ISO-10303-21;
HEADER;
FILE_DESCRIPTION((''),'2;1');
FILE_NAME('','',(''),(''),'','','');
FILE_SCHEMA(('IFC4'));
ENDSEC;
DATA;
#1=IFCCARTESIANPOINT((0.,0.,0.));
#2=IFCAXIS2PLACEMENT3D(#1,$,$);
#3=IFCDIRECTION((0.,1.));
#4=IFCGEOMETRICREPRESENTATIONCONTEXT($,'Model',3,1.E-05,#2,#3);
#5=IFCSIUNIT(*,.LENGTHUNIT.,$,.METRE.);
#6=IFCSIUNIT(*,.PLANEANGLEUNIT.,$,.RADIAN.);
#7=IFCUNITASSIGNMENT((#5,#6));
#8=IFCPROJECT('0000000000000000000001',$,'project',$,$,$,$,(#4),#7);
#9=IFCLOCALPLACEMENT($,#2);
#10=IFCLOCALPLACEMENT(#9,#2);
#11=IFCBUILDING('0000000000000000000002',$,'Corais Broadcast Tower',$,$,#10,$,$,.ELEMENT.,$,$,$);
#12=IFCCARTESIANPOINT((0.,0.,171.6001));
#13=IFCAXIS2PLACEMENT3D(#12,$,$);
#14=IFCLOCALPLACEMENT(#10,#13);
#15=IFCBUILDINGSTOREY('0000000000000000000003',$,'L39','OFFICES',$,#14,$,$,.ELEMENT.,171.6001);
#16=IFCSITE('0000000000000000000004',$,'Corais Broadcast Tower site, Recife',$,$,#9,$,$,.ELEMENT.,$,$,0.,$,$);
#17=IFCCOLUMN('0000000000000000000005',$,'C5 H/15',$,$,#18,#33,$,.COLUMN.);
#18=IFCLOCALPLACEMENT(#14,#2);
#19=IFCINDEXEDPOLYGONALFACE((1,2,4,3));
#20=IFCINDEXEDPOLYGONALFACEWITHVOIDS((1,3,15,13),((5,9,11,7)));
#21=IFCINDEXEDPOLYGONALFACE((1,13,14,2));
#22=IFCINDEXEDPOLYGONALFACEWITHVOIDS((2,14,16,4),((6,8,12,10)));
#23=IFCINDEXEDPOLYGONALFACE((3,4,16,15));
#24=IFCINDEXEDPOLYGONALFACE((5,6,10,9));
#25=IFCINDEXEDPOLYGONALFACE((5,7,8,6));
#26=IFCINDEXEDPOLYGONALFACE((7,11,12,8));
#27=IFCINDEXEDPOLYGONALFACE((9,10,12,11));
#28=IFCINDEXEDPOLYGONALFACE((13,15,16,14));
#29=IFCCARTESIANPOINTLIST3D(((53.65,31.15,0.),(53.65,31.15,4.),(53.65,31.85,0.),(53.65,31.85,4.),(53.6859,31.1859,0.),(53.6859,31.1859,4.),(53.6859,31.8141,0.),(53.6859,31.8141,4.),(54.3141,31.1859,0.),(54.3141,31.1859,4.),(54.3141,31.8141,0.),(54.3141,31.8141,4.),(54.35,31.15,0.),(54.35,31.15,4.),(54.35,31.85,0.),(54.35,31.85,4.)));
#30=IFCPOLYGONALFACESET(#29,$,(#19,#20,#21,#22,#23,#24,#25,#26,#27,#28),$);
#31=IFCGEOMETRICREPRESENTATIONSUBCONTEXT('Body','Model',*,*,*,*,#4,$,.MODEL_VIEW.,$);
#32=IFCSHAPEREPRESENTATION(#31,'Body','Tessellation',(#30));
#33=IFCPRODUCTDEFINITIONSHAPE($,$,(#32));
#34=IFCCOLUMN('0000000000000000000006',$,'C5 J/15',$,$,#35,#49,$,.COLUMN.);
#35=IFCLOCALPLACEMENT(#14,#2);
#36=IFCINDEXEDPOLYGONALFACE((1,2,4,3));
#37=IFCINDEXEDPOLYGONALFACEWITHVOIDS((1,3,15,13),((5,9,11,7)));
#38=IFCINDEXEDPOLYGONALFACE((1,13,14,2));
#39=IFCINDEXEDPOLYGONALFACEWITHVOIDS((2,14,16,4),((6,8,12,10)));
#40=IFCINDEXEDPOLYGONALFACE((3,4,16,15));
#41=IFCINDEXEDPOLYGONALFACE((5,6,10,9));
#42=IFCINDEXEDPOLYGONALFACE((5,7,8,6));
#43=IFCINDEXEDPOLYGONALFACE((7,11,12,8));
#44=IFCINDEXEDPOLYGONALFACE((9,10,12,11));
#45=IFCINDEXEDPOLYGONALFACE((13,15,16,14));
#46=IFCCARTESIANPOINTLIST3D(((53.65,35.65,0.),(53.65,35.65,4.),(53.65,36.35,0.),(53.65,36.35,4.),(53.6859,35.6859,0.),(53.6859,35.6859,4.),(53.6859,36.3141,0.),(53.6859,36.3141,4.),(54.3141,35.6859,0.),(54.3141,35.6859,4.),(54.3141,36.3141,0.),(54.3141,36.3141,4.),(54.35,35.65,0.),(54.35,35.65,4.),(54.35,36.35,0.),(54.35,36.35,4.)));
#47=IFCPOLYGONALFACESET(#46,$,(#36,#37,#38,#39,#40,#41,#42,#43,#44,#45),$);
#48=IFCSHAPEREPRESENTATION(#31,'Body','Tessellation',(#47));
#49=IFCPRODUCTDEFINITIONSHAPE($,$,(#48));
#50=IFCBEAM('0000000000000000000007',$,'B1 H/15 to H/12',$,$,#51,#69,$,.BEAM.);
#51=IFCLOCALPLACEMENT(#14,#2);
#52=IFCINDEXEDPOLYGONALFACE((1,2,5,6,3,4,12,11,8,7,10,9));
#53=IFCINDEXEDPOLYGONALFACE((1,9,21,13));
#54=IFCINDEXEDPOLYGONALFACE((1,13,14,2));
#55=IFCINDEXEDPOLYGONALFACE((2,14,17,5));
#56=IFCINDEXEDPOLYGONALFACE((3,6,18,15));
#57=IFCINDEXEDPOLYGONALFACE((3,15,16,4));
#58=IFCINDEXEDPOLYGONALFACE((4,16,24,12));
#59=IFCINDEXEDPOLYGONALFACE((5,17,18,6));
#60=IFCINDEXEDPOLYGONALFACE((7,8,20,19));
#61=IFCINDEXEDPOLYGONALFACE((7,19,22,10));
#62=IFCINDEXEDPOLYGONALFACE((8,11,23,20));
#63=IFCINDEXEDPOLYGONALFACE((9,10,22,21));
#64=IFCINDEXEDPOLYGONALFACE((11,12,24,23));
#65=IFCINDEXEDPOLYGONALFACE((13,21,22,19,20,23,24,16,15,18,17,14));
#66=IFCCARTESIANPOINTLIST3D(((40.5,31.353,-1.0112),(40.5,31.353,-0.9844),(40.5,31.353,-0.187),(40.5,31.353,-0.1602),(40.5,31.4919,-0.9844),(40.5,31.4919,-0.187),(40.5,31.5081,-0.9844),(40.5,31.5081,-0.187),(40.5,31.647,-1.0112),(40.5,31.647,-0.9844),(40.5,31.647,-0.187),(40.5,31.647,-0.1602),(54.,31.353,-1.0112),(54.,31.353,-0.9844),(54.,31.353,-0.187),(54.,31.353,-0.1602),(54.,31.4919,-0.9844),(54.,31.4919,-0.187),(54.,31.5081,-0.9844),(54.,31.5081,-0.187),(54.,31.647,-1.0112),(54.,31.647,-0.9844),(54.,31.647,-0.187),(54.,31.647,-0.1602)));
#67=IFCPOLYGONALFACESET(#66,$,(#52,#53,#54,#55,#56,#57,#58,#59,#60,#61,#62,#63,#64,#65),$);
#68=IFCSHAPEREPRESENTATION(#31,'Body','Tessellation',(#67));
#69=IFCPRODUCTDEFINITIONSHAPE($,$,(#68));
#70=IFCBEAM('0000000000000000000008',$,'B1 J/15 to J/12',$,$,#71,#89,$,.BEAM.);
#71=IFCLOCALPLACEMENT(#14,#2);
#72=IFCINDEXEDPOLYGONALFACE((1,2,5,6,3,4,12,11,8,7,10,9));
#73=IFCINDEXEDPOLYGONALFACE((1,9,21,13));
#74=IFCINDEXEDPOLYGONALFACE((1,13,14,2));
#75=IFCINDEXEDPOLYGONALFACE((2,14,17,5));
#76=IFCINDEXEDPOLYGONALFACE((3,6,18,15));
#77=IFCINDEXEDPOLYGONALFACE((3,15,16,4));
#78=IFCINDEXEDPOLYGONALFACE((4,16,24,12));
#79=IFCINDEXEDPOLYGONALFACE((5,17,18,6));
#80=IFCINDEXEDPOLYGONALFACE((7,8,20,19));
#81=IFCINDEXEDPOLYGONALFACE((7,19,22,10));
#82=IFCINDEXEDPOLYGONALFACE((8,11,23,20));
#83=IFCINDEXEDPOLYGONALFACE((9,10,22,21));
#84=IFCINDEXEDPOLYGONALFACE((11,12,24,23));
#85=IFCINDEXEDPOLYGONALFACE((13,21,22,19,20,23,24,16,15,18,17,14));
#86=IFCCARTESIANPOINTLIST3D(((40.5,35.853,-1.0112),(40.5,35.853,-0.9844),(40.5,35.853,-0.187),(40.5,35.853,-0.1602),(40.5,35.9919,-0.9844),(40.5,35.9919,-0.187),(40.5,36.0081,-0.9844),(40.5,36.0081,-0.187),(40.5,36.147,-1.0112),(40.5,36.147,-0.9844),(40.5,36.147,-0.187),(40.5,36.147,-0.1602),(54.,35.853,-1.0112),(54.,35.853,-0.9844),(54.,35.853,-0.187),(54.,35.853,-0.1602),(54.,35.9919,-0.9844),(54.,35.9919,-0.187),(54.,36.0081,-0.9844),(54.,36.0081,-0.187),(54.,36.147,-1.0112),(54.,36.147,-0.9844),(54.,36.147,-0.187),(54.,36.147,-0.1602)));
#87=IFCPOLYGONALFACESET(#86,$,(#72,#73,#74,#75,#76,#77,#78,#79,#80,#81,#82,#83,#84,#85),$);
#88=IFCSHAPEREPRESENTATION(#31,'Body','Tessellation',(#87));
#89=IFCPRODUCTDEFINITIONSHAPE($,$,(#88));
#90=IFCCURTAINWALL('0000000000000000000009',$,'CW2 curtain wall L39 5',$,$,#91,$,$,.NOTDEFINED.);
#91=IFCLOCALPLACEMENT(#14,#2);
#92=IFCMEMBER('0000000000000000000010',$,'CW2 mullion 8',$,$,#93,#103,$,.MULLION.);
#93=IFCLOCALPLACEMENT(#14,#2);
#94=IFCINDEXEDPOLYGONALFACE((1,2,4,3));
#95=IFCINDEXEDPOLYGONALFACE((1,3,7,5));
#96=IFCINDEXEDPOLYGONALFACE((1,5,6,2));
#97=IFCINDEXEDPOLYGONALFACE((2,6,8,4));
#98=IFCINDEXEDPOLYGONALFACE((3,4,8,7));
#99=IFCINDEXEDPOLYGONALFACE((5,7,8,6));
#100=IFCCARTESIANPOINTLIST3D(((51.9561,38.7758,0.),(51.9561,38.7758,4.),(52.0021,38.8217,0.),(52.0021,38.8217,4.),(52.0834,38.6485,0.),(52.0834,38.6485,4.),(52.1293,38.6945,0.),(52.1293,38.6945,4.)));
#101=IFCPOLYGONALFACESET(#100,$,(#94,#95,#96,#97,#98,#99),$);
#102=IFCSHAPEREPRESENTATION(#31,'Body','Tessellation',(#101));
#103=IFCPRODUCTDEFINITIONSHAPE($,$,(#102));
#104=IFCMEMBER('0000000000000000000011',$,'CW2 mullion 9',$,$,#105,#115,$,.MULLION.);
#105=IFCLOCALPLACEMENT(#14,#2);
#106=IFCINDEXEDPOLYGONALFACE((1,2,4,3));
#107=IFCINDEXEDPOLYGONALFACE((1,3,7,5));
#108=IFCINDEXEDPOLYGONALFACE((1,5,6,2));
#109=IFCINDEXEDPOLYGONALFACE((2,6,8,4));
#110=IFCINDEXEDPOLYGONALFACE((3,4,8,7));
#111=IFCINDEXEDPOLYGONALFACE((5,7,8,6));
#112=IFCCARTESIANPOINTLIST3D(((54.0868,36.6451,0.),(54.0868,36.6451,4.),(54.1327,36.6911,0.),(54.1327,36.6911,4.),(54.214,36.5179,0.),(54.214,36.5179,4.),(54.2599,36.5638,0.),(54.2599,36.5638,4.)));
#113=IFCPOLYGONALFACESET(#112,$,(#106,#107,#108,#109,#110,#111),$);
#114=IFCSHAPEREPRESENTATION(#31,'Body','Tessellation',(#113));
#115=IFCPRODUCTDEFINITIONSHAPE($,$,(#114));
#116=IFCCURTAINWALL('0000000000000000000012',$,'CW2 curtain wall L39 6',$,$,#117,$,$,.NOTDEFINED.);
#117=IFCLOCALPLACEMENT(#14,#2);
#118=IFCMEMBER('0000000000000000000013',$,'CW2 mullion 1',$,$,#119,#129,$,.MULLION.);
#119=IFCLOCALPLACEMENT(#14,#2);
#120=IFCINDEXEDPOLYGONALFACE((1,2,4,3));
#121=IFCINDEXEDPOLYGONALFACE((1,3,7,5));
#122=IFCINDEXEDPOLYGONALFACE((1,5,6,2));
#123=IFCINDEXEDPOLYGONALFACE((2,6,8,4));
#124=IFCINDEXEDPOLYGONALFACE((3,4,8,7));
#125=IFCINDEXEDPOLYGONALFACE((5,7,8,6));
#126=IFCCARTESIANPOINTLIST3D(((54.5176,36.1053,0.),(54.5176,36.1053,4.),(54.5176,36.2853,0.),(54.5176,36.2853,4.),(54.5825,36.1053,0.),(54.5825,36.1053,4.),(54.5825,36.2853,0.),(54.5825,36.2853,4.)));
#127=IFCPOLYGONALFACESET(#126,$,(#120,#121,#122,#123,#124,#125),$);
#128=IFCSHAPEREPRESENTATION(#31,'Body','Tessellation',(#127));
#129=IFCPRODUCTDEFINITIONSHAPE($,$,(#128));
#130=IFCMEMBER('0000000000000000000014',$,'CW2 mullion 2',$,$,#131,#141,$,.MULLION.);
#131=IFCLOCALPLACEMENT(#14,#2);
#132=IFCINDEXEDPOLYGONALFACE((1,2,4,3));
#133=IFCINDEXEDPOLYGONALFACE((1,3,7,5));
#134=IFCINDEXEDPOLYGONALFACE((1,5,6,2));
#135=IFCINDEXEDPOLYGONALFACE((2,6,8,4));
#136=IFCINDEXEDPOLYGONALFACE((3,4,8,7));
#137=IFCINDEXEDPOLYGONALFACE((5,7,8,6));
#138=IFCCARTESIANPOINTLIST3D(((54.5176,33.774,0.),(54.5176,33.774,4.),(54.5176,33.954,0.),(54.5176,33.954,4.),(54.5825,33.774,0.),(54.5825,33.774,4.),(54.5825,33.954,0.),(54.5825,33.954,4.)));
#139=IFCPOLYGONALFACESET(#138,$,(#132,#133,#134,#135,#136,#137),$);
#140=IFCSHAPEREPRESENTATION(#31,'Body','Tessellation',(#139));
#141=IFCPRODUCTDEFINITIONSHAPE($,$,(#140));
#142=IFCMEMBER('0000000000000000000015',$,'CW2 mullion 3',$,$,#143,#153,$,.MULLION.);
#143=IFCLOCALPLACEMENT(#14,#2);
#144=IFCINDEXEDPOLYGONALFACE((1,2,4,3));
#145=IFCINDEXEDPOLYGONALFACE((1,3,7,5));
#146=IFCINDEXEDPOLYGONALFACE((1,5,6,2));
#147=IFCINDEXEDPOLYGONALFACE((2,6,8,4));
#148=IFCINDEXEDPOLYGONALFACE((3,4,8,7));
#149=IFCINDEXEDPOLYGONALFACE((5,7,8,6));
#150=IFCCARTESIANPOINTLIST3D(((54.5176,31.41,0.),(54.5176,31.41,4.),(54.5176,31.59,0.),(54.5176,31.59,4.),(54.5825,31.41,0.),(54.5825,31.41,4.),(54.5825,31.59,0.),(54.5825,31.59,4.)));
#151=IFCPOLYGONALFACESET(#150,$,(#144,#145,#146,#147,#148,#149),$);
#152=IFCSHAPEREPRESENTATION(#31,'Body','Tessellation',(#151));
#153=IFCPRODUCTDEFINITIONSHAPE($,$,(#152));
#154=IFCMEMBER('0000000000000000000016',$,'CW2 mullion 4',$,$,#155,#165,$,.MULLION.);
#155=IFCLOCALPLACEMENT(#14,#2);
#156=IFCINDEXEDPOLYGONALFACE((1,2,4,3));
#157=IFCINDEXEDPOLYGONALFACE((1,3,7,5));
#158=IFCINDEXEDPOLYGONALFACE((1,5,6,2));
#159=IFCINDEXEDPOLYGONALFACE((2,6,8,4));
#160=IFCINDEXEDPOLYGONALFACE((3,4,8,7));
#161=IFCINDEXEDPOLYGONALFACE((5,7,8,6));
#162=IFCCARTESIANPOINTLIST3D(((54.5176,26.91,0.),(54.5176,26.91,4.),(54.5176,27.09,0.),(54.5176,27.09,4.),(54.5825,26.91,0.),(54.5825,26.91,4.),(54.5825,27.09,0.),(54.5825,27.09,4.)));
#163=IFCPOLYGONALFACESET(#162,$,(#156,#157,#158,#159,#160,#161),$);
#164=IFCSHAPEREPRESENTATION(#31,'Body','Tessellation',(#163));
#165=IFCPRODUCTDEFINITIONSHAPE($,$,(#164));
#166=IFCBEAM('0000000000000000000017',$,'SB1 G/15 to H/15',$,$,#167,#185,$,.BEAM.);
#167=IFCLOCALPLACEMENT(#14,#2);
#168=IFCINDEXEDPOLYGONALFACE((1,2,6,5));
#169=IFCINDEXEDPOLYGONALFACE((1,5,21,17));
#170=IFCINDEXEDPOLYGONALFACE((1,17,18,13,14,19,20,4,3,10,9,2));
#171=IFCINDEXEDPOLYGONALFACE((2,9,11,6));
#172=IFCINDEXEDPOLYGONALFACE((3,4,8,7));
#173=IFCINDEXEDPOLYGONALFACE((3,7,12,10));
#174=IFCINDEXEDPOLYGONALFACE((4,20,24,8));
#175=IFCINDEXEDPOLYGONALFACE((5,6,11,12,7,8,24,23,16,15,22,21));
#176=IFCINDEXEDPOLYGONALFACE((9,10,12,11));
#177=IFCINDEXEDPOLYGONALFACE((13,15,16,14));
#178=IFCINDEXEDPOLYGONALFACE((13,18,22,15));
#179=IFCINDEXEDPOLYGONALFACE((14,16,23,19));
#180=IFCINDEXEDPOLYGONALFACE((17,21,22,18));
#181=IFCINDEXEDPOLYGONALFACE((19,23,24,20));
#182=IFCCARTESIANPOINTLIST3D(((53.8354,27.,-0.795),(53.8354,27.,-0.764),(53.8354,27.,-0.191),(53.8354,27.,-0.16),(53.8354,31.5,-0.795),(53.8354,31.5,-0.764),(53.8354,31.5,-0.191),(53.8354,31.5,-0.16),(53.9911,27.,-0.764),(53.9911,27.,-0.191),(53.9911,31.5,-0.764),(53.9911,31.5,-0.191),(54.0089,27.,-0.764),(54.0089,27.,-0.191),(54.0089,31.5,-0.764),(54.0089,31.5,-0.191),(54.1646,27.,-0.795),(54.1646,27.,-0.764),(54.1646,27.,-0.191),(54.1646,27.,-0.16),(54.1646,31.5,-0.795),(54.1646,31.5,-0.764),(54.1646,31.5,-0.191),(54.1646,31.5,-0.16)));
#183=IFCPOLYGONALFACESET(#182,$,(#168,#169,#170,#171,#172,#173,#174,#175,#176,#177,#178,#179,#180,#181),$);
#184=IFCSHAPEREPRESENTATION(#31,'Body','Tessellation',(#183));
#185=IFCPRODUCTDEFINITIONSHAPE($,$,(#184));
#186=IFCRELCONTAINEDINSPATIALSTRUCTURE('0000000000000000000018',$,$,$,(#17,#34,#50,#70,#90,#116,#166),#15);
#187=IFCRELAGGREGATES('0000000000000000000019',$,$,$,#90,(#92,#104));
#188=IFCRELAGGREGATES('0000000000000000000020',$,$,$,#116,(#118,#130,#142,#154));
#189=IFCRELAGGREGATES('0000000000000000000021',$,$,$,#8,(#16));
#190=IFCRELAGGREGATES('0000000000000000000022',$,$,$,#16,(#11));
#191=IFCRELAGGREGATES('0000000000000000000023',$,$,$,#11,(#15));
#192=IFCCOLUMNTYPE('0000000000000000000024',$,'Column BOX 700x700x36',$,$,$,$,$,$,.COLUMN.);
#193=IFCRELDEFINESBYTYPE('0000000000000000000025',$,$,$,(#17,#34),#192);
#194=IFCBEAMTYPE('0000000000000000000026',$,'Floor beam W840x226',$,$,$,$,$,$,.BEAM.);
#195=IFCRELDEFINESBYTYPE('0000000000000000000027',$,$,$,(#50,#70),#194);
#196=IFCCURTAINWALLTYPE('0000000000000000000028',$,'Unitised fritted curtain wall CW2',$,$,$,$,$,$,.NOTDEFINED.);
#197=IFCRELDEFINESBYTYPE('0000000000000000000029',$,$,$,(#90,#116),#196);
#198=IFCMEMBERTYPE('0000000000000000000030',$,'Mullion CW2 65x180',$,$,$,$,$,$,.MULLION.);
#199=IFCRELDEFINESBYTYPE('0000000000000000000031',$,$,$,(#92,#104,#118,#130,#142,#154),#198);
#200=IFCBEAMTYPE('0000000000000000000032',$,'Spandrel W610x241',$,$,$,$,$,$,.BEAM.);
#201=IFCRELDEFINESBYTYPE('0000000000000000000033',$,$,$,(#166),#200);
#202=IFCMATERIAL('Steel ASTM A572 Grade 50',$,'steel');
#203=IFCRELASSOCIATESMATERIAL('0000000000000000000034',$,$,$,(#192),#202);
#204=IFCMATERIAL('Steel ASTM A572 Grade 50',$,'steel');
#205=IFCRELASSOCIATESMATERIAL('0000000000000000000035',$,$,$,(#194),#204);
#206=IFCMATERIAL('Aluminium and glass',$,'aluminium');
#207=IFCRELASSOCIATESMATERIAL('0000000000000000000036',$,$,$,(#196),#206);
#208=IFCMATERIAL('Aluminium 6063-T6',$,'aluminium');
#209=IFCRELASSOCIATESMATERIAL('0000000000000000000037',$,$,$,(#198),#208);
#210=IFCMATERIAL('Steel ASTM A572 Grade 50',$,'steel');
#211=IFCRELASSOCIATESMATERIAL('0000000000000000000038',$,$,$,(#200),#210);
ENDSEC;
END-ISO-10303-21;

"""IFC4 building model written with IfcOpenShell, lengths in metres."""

from ifc_helpers import new_model, si_unit, direction, frame, origin, origin_2d, place, context, subcontext, project, spatial, rectangle, hollow_rectangle, i_section, extrude, material, material_profile, profile_set, type_object, element, aggregate, save


model = new_model("IFC4")

# Units and contexts
model_context = context("Model", 3, precision=1e-05, world=origin(), true_north=direction((0.0, 1.0)))
body_context = subcontext(model_context, "Body", "Model", "MODEL_VIEW")
ifc_project = project(units=[si_unit("LENGTHUNIT", "METRE"), si_unit("PLANEANGLEUNIT", "RADIAN")], contexts=[model_context])

# Site, building, storey
site_placement = place(None, origin())
site = spatial("IfcSite", under=ifc_project, at=site_placement, Name="Corais Broadcast Tower site, Recife", CompositionType="ELEMENT", RefElevation=0.0)
building_placement = place(site_placement, origin())
building = spatial("IfcBuilding", under=site, at=building_placement, Name="Corais Broadcast Tower", CompositionType="ELEMENT")
storey_placement = place(building_placement, frame((0.0, 0.0, 171.6001)))
storey = spatial("IfcBuildingStorey", under=building, at=storey_placement, Name="L39", Description="OFFICES", CompositionType="ELEMENT", Elevation=171.6001)

# Columns
ifc_material_1 = material(Name="Steel ASTM A572 Grade 50", Category="steel")
ifc_material_profile_1 = material_profile(ifc_material_1, hollow_rectangle(XDim=0.7, YDim=0.7, WallThickness=0.0359, at=origin_2d()), Name="BOX 700x700x36")
ifc_profile_set_1 = profile_set([ifc_material_profile_1], Name="Steel ASTM A572 Grade 50")
column_type = type_object("IfcColumnType", Name="Column BOX 700x700x36", PredefinedType="COLUMN", material=ifc_profile_set_1)
for number, where, z_axis, x_axis, name in (
    (1, (54.0, 31.5, 0.0), (0.0, 0.0, 1.0), (1.0, 0.0, 0.0), "C5 H/15"),
    (2, (54.0, 36.0, 0.0), (0.0, 0.0, 1.0), (1.0, 0.0, 0.0), "C5 J/15"),
):
    element("IfcColumn", number, at=place(storey_placement, frame(where, z_axis=z_axis, x_axis=x_axis)), inside=storey, type_object=column_type, Name=name, PredefinedType="COLUMN", context=body_context, shape_type="SweptSolid", body=[
        extrude(hollow_rectangle(XDim=0.7, YDim=0.7, WallThickness=0.0359, at=origin_2d()), origin(), (0.0, 0.0, 1.0), 4.0),
    ])

# Beams
ifc_material_2 = material(Name="Steel ASTM A572 Grade 50", Category="steel")
ifc_material_profile_2 = material_profile(ifc_material_2, i_section(OverallWidth=0.2939, OverallDepth=0.8511, WebThickness=0.0161, FlangeThickness=0.0269, at=origin_2d()), Name="W840x226")
ifc_profile_set_2 = profile_set([ifc_material_profile_2], Name="Steel ASTM A572 Grade 50")
beam_type_1 = type_object("IfcBeamType", Name="Floor beam W840x226", PredefinedType="BEAM", material=ifc_profile_set_2)
for number, where, z_axis, x_axis, name in (
    (3, (54.0, 31.5, -0.5857), (-1.0, 0.0, 0.0), (0.0, -1.0, 0.0), "B1 H/15 to H/12"),
    (4, (54.0, 36.0, -0.5857), (-1.0, 0.0, 0.0), (0.0, -1.0, 0.0), "B1 J/15 to J/12"),
):
    element("IfcBeam", number, at=place(storey_placement, frame(where, z_axis=z_axis, x_axis=x_axis)), inside=storey, type_object=beam_type_1, Name=name, PredefinedType="BEAM", context=body_context, shape_type="SweptSolid", body=[
        extrude(i_section(OverallWidth=0.2939, OverallDepth=0.8511, WebThickness=0.0161, FlangeThickness=0.0269, at=origin_2d()), origin(), (0.0, 0.0, 1.0), 13.5),
    ])

# Curtain walls, members
ifc_material_3 = material(Name="Aluminium and glass", Category="aluminium")
curtain_wall_type = type_object("IfcCurtainWallType", Name="Unitised fritted curtain wall CW2", PredefinedType="NOTDEFINED", material=ifc_material_3)
curtain_wall_1_placement = place(storey_placement, origin())
curtain_wall_1 = element("IfcCurtainWall", 5, at=curtain_wall_1_placement, inside=storey, type_object=curtain_wall_type, Name="CW2 curtain wall L39 5", PredefinedType="NOTDEFINED")
ifc_material_4 = material(Name="Aluminium 6063-T6", Category="aluminium")
ifc_material_profile_3 = material_profile(ifc_material_4, rectangle(XDim=0.0649, YDim=0.1799, at=origin_2d()), Name="Mullion CW2 65x180")
ifc_profile_set_3 = profile_set([ifc_material_profile_3], Name="Aluminium 6063-T6")
member_type_1 = type_object("IfcMemberType", Name="Mullion CW2 65x180", PredefinedType="MULLION", material=ifc_profile_set_3)
member_1_placement = place(storey_placement, frame((52.0427, 38.7351, 0.0), z_axis=(0.0, 0.0, 1.0), x_axis=(0.707107, 0.707107, 0.0)))
member_1 = element("IfcMember", 6, at=member_1_placement, type_object=member_type_1, Name="CW2 mullion 8", PredefinedType="MULLION", context=body_context, shape_type="SweptSolid", body=[
    extrude(rectangle(XDim=0.0649, YDim=0.1799, at=origin_2d()), origin(), (0.0, 0.0, 1.0), 4.0),
])
member_2_placement = place(storey_placement, frame((54.1733, 36.6045, 0.0), z_axis=(0.0, 0.0, 1.0), x_axis=(0.707107, 0.707107, 0.0)))
member_2 = element("IfcMember", 7, at=member_2_placement, type_object=member_type_1, Name="CW2 mullion 9", PredefinedType="MULLION", context=body_context, shape_type="SweptSolid", body=[
    extrude(rectangle(XDim=0.0649, YDim=0.1799, at=origin_2d()), origin(), (0.0, 0.0, 1.0), 4.0),
])
curtain_wall_2_placement = place(storey_placement, origin())
curtain_wall_2 = element("IfcCurtainWall", 8, at=curtain_wall_2_placement, inside=storey, type_object=curtain_wall_type, Name="CW2 curtain wall L39 6", PredefinedType="NOTDEFINED")
member_3_placement = place(storey_placement, frame((54.55, 36.1953, 0.0), z_axis=(0.0, 0.0, 1.0), x_axis=(1.0, 0.0, 0.0)))
member_3 = element("IfcMember", 9, at=member_3_placement, type_object=member_type_1, Name="CW2 mullion 1", PredefinedType="MULLION", context=body_context, shape_type="SweptSolid", body=[
    extrude(rectangle(XDim=0.0649, YDim=0.1799, at=origin_2d()), origin(), (0.0, 0.0, 1.0), 4.0),
])
member_4_placement = place(storey_placement, frame((54.55, 33.864, 0.0), z_axis=(0.0, 0.0, 1.0), x_axis=(1.0, 0.0, 0.0)))
member_4 = element("IfcMember", 10, at=member_4_placement, type_object=member_type_1, Name="CW2 mullion 2", PredefinedType="MULLION", context=body_context, shape_type="SweptSolid", body=[
    extrude(rectangle(XDim=0.0649, YDim=0.1799, at=origin_2d()), origin(), (0.0, 0.0, 1.0), 4.0),
])
member_5_placement = place(storey_placement, frame((54.55, 31.5, 0.0), z_axis=(0.0, 0.0, 1.0), x_axis=(1.0, 0.0, 0.0)))
member_5 = element("IfcMember", 11, at=member_5_placement, type_object=member_type_1, Name="CW2 mullion 3", PredefinedType="MULLION", context=body_context, shape_type="SweptSolid", body=[
    extrude(rectangle(XDim=0.0649, YDim=0.1799, at=origin_2d()), origin(), (0.0, 0.0, 1.0), 4.0),
])
member_6_placement = place(storey_placement, frame((54.55, 27.0, 0.0), z_axis=(0.0, 0.0, 1.0), x_axis=(1.0, 0.0, 0.0)))
member_6 = element("IfcMember", 12, at=member_6_placement, type_object=member_type_1, Name="CW2 mullion 4", PredefinedType="MULLION", context=body_context, shape_type="SweptSolid", body=[
    extrude(rectangle(XDim=0.0649, YDim=0.1799, at=origin_2d()), origin(), (0.0, 0.0, 1.0), 4.0),
])

# Beam
ifc_material_5 = material(Name="Steel ASTM A572 Grade 50", Category="steel")
ifc_material_profile_4 = material_profile(ifc_material_5, i_section(OverallWidth=0.3291, OverallDepth=0.635, WebThickness=0.0178, FlangeThickness=0.031, at=origin_2d()), Name="W610x241")
ifc_profile_set_4 = profile_set([ifc_material_profile_4], Name="Steel ASTM A572 Grade 50")
beam_type_2 = type_object("IfcBeamType", Name="Spandrel W610x241", PredefinedType="BEAM", material=ifc_profile_set_4)
for number, where, z_axis, x_axis, name in (
    (13, (54.0, 27.0, -0.4775), (0.0, 1.0, 0.0), (-1.0, 0.0, 0.0), "SB1 G/15 to H/15"),
):
    element("IfcBeam", number, at=place(storey_placement, frame(where, z_axis=z_axis, x_axis=x_axis)), inside=storey, type_object=beam_type_2, Name=name, PredefinedType="BEAM", context=body_context, shape_type="SweptSolid", body=[
        extrude(i_section(OverallWidth=0.3291, OverallDepth=0.635, WebThickness=0.0178, FlangeThickness=0.031, at=origin_2d()), origin(), (0.0, 0.0, 1.0), 4.5),
    ])

aggregate(curtain_wall_1, [member_1, member_2])
aggregate(curtain_wall_2, [member_3, member_4, member_5, member_6])

save(model, "model.ifc")
